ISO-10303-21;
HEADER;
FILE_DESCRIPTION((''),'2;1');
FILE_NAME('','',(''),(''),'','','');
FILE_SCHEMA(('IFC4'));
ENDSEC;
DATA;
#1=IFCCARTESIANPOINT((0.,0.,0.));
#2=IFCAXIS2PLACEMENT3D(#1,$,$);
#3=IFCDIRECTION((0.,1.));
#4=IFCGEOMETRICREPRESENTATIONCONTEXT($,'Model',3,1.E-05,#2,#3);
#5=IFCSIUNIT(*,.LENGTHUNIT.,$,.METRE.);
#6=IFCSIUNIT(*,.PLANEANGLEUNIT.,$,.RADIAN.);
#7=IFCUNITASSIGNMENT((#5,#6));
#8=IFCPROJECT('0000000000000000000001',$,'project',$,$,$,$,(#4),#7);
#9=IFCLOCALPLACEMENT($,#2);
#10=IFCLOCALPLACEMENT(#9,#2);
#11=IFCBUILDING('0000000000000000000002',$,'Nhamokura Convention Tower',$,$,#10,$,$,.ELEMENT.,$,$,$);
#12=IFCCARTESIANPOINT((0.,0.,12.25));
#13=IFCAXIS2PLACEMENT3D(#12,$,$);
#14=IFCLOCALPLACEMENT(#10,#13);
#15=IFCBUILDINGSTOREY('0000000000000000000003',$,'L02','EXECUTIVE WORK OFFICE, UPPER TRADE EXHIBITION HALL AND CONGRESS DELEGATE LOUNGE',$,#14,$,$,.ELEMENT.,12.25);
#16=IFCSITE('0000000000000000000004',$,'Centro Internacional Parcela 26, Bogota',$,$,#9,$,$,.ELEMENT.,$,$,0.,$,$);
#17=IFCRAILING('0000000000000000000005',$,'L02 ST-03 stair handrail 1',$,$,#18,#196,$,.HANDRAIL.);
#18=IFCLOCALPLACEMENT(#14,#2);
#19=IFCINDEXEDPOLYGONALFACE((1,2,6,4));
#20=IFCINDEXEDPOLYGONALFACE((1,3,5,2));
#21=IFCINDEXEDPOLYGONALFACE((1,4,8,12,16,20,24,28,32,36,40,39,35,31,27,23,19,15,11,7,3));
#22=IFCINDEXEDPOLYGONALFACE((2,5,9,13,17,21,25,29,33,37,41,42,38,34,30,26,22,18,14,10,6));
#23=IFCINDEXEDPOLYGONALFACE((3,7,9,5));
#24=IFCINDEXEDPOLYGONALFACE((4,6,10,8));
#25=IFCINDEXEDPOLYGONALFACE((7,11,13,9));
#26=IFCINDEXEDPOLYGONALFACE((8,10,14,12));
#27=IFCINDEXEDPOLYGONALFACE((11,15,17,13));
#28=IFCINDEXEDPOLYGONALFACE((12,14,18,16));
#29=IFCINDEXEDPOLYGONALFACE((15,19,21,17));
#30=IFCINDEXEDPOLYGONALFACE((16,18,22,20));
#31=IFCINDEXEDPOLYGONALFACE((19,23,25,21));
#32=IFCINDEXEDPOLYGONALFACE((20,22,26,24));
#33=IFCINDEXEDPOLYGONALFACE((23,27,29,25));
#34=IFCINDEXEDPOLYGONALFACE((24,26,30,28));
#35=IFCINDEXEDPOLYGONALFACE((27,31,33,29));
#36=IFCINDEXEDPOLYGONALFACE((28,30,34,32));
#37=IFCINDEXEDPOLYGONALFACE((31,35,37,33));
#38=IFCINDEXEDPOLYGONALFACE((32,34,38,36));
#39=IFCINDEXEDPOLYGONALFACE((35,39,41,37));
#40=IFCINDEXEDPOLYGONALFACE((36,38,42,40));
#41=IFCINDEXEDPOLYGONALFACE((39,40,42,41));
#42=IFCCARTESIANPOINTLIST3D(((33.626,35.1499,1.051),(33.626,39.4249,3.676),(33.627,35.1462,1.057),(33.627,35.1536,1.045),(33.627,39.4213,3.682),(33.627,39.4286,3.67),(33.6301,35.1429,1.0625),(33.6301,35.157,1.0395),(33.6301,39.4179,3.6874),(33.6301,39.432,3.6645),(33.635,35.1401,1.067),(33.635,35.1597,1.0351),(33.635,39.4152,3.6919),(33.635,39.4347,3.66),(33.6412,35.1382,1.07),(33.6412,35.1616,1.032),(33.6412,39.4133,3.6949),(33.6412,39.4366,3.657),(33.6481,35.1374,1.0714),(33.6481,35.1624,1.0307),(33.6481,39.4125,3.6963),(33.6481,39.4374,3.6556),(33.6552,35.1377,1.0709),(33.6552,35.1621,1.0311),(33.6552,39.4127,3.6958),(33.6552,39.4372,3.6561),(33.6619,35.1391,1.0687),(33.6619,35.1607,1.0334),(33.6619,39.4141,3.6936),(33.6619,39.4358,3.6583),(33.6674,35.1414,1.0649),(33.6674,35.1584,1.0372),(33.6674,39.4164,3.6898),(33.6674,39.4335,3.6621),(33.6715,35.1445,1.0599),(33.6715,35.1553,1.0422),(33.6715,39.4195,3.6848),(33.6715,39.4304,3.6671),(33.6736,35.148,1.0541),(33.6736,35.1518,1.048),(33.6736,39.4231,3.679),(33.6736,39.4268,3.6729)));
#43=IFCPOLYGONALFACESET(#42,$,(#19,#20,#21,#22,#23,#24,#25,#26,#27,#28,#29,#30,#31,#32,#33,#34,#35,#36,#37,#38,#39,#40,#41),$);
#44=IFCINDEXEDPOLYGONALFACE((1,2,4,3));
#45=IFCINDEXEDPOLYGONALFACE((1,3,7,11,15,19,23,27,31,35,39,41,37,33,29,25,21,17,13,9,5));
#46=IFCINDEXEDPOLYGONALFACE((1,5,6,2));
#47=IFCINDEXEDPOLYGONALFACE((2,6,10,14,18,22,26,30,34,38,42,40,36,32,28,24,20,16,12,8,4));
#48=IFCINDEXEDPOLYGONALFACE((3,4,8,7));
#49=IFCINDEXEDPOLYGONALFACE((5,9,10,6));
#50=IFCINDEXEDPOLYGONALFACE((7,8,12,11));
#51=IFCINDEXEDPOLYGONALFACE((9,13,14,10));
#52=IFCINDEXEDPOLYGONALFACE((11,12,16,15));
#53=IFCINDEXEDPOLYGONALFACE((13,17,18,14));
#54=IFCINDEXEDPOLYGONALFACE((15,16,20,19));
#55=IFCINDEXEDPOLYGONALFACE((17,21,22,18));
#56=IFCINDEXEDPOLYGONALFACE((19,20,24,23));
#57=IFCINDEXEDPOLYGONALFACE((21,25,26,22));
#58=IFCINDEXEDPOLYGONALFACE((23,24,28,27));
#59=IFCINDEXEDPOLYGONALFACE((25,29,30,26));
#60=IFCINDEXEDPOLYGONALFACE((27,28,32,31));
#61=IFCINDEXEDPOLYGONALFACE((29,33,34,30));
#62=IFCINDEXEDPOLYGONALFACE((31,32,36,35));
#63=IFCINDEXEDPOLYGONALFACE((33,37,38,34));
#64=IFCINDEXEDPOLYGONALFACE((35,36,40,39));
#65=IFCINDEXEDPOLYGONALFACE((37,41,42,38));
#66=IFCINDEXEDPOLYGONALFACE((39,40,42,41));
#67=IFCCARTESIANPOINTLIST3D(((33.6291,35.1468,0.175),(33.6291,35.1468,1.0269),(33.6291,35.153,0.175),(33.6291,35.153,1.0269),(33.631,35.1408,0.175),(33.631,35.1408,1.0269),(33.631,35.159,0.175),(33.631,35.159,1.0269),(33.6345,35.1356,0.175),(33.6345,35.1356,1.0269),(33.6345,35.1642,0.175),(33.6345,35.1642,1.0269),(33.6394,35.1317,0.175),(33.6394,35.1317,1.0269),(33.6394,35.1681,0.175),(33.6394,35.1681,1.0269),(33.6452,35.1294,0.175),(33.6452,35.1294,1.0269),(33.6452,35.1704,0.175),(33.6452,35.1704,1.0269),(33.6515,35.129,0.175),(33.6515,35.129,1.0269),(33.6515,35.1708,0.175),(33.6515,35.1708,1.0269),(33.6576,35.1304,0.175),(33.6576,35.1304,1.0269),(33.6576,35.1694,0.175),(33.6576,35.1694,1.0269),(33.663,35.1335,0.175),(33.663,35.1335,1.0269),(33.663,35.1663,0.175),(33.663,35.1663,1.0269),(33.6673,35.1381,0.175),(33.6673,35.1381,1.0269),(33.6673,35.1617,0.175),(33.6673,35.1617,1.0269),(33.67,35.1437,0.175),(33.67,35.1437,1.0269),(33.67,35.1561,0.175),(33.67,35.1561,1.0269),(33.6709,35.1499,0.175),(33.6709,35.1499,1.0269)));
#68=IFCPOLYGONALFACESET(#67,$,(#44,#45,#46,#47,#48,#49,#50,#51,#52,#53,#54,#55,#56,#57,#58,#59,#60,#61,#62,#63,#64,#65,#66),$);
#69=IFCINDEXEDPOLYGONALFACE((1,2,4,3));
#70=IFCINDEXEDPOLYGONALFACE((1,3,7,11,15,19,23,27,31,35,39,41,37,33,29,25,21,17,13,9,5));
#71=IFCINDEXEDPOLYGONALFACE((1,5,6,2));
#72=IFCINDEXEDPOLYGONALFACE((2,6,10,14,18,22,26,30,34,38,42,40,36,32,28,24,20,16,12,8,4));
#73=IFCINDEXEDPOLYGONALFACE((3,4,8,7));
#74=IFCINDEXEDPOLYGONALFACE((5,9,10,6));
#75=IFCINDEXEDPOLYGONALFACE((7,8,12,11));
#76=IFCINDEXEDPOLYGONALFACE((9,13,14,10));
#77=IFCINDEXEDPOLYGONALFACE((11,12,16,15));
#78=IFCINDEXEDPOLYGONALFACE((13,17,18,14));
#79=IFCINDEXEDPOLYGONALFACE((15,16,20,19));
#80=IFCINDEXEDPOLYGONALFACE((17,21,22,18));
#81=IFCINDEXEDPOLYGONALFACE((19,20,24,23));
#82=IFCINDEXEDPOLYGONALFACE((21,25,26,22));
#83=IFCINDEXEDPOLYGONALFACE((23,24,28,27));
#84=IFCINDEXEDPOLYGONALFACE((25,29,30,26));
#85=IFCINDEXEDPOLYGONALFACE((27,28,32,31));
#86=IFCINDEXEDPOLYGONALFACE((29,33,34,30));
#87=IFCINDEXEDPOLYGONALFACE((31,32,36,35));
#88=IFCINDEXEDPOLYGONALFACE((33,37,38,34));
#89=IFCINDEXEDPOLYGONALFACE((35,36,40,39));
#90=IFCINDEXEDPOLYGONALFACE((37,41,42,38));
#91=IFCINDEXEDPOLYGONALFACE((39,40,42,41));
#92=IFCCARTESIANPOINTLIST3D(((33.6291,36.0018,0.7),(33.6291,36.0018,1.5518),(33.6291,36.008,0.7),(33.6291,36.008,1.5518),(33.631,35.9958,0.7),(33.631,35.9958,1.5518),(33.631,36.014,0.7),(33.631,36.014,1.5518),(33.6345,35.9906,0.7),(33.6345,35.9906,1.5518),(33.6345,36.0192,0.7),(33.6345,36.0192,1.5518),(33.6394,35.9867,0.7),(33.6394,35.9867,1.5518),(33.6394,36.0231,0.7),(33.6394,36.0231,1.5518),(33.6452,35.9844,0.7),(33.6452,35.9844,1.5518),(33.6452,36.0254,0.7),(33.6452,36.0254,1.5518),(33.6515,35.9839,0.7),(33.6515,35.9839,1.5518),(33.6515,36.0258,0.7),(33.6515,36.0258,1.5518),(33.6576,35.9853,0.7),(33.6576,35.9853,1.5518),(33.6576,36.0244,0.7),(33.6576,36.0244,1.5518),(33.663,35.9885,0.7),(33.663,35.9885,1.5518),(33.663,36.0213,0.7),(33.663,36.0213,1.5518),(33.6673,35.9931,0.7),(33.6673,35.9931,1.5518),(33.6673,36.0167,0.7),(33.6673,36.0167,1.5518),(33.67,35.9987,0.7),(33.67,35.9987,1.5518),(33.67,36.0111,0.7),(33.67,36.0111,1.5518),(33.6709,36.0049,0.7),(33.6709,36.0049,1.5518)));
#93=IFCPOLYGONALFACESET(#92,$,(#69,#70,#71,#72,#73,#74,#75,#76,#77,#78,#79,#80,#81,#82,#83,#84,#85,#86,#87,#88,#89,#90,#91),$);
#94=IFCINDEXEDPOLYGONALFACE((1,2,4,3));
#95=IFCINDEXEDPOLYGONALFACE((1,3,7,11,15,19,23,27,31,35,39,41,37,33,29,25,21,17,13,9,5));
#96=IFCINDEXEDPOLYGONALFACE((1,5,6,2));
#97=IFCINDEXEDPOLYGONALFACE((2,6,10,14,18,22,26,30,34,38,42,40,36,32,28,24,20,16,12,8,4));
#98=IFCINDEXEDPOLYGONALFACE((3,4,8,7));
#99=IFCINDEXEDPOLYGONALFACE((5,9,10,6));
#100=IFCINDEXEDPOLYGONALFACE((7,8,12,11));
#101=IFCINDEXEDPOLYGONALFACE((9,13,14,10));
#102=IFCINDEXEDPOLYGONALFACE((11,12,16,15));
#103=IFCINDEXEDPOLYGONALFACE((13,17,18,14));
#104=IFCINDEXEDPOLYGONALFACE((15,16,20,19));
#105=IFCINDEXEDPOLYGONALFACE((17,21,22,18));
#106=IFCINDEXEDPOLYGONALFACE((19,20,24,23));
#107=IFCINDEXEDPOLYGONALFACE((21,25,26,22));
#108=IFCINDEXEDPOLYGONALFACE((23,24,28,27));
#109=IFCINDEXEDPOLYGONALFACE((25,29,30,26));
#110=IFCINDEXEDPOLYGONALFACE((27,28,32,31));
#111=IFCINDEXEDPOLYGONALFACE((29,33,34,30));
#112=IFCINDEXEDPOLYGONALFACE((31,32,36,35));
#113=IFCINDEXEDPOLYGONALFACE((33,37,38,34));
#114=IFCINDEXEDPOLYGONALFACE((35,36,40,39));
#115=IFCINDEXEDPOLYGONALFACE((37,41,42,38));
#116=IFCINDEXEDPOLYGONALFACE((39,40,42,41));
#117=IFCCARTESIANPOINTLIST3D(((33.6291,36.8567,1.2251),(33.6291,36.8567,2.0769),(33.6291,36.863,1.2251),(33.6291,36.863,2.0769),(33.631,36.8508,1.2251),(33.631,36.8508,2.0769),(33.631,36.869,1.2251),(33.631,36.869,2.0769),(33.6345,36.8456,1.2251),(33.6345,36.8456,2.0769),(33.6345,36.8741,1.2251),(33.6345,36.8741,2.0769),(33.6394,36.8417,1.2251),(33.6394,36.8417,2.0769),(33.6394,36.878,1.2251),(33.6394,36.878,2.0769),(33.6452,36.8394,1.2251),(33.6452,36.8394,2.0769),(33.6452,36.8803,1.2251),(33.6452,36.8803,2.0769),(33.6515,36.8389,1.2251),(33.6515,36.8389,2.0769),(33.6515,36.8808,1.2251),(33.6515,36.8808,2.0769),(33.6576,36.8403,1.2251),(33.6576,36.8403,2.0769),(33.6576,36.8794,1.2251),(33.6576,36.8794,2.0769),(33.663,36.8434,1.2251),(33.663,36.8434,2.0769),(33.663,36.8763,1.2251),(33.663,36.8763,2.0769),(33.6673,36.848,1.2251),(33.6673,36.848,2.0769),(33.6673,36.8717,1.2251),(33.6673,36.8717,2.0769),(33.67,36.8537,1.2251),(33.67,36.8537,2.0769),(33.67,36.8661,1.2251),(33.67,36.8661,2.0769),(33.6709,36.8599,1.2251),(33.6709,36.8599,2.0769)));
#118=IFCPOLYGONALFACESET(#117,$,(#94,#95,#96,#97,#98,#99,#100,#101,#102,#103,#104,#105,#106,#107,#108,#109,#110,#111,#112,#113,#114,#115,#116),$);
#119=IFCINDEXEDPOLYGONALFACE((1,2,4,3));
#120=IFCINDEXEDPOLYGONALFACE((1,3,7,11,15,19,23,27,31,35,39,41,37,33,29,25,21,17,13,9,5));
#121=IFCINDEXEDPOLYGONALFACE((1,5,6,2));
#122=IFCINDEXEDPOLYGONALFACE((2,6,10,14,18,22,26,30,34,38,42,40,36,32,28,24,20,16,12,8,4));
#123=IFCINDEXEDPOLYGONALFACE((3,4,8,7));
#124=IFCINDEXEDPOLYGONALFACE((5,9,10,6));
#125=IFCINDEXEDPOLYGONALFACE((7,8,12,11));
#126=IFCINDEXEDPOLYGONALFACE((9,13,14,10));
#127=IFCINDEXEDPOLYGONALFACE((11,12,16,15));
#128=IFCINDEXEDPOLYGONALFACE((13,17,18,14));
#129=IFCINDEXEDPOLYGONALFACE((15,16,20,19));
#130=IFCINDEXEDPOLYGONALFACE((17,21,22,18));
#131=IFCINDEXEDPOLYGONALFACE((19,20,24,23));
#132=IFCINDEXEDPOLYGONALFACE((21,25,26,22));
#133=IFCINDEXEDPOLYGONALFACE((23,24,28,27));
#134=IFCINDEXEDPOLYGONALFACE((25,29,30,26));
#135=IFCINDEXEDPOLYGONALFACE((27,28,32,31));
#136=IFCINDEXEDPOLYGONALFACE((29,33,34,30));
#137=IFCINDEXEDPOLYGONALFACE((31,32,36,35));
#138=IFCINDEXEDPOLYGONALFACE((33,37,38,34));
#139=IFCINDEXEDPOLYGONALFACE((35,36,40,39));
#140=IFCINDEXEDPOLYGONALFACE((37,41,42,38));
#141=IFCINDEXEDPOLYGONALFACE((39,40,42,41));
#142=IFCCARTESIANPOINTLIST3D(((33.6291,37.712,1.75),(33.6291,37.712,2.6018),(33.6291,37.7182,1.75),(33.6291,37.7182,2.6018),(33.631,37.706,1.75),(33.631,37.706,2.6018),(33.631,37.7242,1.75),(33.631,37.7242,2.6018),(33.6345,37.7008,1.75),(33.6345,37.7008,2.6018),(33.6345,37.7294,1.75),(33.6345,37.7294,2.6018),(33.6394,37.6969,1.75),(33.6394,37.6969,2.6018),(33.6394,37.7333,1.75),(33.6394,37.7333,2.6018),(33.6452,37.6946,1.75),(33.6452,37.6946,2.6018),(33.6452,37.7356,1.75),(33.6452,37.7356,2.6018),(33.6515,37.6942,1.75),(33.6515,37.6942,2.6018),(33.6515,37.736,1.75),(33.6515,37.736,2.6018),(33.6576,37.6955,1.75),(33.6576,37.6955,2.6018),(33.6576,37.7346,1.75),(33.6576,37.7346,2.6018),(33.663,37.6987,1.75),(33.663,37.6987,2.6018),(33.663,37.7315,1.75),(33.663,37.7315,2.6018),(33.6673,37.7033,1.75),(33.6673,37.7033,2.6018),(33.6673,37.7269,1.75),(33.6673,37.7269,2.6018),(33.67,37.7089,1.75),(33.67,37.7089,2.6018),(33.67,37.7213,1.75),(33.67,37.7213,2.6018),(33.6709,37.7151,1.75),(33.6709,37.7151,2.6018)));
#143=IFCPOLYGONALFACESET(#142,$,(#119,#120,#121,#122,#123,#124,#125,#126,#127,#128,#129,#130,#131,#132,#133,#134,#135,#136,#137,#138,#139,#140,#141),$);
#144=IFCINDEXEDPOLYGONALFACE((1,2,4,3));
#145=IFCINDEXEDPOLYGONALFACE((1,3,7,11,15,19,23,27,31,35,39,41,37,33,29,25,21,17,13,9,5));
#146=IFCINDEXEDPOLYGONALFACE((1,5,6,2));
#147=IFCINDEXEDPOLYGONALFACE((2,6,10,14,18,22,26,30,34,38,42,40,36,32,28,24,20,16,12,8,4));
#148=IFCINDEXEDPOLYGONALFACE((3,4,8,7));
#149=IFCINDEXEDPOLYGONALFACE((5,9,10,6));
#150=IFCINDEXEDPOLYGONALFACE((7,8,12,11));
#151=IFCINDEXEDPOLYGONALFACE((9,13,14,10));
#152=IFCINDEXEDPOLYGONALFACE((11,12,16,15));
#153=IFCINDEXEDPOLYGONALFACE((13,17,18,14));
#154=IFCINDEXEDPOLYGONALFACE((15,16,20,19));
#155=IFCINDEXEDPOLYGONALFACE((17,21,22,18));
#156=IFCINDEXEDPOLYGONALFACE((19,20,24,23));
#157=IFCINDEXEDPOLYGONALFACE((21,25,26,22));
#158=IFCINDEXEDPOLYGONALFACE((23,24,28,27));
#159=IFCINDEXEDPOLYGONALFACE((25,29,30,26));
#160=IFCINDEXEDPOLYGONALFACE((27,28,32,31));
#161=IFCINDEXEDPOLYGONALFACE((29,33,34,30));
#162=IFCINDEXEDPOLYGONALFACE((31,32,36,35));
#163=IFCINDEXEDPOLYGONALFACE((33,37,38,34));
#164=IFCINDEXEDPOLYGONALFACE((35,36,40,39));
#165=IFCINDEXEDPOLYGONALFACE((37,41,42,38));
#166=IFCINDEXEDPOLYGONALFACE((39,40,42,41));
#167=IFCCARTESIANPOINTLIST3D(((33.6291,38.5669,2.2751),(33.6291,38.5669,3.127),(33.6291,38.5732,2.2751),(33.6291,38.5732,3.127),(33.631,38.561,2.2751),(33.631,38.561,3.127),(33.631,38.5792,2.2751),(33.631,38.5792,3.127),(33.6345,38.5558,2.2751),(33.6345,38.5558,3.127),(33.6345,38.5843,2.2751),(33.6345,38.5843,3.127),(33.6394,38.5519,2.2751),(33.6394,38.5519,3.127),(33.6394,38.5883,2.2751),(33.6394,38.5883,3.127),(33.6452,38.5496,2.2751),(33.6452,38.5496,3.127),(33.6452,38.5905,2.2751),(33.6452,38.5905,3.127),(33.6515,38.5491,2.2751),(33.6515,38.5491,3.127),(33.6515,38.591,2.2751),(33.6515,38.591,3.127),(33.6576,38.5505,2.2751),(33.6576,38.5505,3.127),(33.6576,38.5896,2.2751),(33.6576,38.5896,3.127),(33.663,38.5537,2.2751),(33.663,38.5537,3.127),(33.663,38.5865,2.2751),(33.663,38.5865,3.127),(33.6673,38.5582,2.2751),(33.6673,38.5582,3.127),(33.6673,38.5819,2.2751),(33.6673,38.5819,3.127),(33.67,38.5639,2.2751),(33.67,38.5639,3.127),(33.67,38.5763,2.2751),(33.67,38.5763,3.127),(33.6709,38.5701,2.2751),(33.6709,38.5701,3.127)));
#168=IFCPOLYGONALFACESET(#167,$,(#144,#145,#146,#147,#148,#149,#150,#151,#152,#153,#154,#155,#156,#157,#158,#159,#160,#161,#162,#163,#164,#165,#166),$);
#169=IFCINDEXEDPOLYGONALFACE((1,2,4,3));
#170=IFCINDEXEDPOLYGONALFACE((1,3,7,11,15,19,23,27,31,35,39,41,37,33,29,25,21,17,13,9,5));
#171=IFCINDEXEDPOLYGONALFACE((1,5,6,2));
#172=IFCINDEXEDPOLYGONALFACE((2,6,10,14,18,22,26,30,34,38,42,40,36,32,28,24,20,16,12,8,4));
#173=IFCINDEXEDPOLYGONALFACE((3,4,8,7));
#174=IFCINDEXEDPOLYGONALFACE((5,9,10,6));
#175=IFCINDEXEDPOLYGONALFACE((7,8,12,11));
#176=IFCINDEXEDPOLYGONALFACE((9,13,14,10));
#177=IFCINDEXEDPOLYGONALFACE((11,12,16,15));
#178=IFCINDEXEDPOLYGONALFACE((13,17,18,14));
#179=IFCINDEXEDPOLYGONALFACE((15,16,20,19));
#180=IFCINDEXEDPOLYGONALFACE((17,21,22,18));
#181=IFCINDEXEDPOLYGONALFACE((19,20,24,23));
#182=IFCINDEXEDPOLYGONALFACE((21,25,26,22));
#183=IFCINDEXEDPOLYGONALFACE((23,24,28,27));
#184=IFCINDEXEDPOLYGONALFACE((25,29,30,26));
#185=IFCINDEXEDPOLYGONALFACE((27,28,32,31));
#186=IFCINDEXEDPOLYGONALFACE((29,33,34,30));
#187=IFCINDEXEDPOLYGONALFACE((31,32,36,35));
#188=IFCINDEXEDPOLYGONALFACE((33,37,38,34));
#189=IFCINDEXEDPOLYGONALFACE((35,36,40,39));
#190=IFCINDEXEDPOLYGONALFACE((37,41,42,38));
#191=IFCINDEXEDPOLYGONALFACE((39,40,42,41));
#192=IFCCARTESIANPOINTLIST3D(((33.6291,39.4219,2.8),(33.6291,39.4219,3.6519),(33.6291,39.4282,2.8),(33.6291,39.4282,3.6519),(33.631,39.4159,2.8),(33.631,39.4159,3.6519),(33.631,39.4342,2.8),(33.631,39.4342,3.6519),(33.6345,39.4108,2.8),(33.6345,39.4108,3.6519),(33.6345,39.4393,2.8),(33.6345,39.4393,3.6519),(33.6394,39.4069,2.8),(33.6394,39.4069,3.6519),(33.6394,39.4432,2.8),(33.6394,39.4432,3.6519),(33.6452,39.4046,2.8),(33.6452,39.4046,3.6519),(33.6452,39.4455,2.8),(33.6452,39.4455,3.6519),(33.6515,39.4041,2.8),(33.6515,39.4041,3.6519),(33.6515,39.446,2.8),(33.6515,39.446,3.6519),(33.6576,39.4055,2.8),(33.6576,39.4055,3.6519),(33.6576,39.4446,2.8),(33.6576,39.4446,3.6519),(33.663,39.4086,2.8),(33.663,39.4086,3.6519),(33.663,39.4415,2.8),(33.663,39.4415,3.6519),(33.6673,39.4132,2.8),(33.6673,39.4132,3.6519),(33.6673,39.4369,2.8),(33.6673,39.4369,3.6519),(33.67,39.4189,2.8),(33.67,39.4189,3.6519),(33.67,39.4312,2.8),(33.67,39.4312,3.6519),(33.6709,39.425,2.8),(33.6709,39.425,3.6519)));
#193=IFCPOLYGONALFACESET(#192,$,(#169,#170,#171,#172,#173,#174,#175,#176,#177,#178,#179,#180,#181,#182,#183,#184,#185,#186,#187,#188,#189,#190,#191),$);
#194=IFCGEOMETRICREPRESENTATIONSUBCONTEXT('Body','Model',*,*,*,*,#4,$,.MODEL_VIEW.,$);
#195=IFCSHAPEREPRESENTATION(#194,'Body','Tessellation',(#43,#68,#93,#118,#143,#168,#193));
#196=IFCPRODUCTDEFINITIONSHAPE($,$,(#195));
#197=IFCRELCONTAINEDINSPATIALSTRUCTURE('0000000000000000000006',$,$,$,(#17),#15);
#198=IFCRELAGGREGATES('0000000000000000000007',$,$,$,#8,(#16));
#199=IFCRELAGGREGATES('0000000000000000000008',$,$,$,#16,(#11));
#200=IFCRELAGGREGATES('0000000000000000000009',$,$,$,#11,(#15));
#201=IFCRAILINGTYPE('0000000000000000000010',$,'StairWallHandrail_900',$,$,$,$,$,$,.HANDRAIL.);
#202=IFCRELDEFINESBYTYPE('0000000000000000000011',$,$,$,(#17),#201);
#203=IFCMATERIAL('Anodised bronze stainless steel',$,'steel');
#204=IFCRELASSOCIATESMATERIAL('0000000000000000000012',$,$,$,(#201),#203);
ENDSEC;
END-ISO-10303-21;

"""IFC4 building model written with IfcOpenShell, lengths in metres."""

from ifc_helpers import new_model, si_unit, direction, frame, origin, origin_2d, place, context, subcontext, project, spatial, circle, extrude, material, type_object, element, save


model = new_model("IFC4")

# Units and contexts
model_context = context("Model", 3, precision=1e-05, world=origin(), true_north=direction((0.0, 1.0)))
body_context = subcontext(model_context, "Body", "Model", "MODEL_VIEW")
ifc_project = project(units=[si_unit("LENGTHUNIT", "METRE"), si_unit("PLANEANGLEUNIT", "RADIAN")], contexts=[model_context])

# Site, building, storey
site_placement = place(None, origin())
site = spatial("IfcSite", under=ifc_project, at=site_placement, Name="Centro Internacional Parcela 26, Bogota", CompositionType="ELEMENT", RefElevation=0.0)
building_placement = place(site_placement, origin())
building = spatial("IfcBuilding", under=site, at=building_placement, Name="Nhamokura Convention Tower", CompositionType="ELEMENT")
storey_placement = place(building_placement, frame((0.0, 0.0, 12.25)))
storey = spatial("IfcBuildingStorey", under=building, at=storey_placement, Name="L02", Description="EXECUTIVE WORK OFFICE, UPPER TRADE EXHIBITION HALL AND CONGRESS DELEGATE LOUNGE", CompositionType="ELEMENT", Elevation=12.25)

# Railing
ifc_material_1 = material(Name="Anodised bronze stainless steel", Category="steel")
railing_type_1 = type_object("IfcRailingType", Name="StairWallHandrail_900", PredefinedType="HANDRAIL", material=ifc_material_1)
railing_1_placement = place(storey_placement, frame((33.6499, 35.1499, 0.175)))
element("IfcRailing", 1, at=railing_1_placement, inside=storey, type_object=railing_type_1, Name="L02 ST-03 stair handrail 1", PredefinedType="HANDRAIL", context=body_context, shape_type="SweptSolid", body=[
    extrude(circle(Radius=0.0239, at=origin_2d()), frame((0.0, 0.0, 0.876), z_axis=(0.0, 0.852179, 0.52325), x_axis=(-1.0, 0.0, 0.0)), (0.0, 0.0, 1.0), 5.0166),
    extrude(circle(Radius=0.021, at=origin_2d()), origin(), (0.0, 0.0, 1.0), 0.8518),
    extrude(circle(Radius=0.021, at=origin_2d()), frame((0.0, 0.855, 0.5249)), (0.0, 0.0, 1.0), 0.8518),
    extrude(circle(Radius=0.021, at=origin_2d()), frame((0.0, 1.71, 1.05)), (0.0, 0.0, 1.0), 0.8518),
    extrude(circle(Radius=0.021, at=origin_2d()), frame((0.0, 2.5652, 1.575)), (0.0, 0.0, 1.0), 0.8518),
    extrude(circle(Radius=0.021, at=origin_2d()), frame((0.0, 3.4202, 2.1001)), (0.0, 0.0, 1.0), 0.8518),
    extrude(circle(Radius=0.021, at=origin_2d()), frame((0.0, 4.2751, 2.625)), (0.0, 0.0, 1.0), 0.8518),
])

save(model, "model.ifc")
